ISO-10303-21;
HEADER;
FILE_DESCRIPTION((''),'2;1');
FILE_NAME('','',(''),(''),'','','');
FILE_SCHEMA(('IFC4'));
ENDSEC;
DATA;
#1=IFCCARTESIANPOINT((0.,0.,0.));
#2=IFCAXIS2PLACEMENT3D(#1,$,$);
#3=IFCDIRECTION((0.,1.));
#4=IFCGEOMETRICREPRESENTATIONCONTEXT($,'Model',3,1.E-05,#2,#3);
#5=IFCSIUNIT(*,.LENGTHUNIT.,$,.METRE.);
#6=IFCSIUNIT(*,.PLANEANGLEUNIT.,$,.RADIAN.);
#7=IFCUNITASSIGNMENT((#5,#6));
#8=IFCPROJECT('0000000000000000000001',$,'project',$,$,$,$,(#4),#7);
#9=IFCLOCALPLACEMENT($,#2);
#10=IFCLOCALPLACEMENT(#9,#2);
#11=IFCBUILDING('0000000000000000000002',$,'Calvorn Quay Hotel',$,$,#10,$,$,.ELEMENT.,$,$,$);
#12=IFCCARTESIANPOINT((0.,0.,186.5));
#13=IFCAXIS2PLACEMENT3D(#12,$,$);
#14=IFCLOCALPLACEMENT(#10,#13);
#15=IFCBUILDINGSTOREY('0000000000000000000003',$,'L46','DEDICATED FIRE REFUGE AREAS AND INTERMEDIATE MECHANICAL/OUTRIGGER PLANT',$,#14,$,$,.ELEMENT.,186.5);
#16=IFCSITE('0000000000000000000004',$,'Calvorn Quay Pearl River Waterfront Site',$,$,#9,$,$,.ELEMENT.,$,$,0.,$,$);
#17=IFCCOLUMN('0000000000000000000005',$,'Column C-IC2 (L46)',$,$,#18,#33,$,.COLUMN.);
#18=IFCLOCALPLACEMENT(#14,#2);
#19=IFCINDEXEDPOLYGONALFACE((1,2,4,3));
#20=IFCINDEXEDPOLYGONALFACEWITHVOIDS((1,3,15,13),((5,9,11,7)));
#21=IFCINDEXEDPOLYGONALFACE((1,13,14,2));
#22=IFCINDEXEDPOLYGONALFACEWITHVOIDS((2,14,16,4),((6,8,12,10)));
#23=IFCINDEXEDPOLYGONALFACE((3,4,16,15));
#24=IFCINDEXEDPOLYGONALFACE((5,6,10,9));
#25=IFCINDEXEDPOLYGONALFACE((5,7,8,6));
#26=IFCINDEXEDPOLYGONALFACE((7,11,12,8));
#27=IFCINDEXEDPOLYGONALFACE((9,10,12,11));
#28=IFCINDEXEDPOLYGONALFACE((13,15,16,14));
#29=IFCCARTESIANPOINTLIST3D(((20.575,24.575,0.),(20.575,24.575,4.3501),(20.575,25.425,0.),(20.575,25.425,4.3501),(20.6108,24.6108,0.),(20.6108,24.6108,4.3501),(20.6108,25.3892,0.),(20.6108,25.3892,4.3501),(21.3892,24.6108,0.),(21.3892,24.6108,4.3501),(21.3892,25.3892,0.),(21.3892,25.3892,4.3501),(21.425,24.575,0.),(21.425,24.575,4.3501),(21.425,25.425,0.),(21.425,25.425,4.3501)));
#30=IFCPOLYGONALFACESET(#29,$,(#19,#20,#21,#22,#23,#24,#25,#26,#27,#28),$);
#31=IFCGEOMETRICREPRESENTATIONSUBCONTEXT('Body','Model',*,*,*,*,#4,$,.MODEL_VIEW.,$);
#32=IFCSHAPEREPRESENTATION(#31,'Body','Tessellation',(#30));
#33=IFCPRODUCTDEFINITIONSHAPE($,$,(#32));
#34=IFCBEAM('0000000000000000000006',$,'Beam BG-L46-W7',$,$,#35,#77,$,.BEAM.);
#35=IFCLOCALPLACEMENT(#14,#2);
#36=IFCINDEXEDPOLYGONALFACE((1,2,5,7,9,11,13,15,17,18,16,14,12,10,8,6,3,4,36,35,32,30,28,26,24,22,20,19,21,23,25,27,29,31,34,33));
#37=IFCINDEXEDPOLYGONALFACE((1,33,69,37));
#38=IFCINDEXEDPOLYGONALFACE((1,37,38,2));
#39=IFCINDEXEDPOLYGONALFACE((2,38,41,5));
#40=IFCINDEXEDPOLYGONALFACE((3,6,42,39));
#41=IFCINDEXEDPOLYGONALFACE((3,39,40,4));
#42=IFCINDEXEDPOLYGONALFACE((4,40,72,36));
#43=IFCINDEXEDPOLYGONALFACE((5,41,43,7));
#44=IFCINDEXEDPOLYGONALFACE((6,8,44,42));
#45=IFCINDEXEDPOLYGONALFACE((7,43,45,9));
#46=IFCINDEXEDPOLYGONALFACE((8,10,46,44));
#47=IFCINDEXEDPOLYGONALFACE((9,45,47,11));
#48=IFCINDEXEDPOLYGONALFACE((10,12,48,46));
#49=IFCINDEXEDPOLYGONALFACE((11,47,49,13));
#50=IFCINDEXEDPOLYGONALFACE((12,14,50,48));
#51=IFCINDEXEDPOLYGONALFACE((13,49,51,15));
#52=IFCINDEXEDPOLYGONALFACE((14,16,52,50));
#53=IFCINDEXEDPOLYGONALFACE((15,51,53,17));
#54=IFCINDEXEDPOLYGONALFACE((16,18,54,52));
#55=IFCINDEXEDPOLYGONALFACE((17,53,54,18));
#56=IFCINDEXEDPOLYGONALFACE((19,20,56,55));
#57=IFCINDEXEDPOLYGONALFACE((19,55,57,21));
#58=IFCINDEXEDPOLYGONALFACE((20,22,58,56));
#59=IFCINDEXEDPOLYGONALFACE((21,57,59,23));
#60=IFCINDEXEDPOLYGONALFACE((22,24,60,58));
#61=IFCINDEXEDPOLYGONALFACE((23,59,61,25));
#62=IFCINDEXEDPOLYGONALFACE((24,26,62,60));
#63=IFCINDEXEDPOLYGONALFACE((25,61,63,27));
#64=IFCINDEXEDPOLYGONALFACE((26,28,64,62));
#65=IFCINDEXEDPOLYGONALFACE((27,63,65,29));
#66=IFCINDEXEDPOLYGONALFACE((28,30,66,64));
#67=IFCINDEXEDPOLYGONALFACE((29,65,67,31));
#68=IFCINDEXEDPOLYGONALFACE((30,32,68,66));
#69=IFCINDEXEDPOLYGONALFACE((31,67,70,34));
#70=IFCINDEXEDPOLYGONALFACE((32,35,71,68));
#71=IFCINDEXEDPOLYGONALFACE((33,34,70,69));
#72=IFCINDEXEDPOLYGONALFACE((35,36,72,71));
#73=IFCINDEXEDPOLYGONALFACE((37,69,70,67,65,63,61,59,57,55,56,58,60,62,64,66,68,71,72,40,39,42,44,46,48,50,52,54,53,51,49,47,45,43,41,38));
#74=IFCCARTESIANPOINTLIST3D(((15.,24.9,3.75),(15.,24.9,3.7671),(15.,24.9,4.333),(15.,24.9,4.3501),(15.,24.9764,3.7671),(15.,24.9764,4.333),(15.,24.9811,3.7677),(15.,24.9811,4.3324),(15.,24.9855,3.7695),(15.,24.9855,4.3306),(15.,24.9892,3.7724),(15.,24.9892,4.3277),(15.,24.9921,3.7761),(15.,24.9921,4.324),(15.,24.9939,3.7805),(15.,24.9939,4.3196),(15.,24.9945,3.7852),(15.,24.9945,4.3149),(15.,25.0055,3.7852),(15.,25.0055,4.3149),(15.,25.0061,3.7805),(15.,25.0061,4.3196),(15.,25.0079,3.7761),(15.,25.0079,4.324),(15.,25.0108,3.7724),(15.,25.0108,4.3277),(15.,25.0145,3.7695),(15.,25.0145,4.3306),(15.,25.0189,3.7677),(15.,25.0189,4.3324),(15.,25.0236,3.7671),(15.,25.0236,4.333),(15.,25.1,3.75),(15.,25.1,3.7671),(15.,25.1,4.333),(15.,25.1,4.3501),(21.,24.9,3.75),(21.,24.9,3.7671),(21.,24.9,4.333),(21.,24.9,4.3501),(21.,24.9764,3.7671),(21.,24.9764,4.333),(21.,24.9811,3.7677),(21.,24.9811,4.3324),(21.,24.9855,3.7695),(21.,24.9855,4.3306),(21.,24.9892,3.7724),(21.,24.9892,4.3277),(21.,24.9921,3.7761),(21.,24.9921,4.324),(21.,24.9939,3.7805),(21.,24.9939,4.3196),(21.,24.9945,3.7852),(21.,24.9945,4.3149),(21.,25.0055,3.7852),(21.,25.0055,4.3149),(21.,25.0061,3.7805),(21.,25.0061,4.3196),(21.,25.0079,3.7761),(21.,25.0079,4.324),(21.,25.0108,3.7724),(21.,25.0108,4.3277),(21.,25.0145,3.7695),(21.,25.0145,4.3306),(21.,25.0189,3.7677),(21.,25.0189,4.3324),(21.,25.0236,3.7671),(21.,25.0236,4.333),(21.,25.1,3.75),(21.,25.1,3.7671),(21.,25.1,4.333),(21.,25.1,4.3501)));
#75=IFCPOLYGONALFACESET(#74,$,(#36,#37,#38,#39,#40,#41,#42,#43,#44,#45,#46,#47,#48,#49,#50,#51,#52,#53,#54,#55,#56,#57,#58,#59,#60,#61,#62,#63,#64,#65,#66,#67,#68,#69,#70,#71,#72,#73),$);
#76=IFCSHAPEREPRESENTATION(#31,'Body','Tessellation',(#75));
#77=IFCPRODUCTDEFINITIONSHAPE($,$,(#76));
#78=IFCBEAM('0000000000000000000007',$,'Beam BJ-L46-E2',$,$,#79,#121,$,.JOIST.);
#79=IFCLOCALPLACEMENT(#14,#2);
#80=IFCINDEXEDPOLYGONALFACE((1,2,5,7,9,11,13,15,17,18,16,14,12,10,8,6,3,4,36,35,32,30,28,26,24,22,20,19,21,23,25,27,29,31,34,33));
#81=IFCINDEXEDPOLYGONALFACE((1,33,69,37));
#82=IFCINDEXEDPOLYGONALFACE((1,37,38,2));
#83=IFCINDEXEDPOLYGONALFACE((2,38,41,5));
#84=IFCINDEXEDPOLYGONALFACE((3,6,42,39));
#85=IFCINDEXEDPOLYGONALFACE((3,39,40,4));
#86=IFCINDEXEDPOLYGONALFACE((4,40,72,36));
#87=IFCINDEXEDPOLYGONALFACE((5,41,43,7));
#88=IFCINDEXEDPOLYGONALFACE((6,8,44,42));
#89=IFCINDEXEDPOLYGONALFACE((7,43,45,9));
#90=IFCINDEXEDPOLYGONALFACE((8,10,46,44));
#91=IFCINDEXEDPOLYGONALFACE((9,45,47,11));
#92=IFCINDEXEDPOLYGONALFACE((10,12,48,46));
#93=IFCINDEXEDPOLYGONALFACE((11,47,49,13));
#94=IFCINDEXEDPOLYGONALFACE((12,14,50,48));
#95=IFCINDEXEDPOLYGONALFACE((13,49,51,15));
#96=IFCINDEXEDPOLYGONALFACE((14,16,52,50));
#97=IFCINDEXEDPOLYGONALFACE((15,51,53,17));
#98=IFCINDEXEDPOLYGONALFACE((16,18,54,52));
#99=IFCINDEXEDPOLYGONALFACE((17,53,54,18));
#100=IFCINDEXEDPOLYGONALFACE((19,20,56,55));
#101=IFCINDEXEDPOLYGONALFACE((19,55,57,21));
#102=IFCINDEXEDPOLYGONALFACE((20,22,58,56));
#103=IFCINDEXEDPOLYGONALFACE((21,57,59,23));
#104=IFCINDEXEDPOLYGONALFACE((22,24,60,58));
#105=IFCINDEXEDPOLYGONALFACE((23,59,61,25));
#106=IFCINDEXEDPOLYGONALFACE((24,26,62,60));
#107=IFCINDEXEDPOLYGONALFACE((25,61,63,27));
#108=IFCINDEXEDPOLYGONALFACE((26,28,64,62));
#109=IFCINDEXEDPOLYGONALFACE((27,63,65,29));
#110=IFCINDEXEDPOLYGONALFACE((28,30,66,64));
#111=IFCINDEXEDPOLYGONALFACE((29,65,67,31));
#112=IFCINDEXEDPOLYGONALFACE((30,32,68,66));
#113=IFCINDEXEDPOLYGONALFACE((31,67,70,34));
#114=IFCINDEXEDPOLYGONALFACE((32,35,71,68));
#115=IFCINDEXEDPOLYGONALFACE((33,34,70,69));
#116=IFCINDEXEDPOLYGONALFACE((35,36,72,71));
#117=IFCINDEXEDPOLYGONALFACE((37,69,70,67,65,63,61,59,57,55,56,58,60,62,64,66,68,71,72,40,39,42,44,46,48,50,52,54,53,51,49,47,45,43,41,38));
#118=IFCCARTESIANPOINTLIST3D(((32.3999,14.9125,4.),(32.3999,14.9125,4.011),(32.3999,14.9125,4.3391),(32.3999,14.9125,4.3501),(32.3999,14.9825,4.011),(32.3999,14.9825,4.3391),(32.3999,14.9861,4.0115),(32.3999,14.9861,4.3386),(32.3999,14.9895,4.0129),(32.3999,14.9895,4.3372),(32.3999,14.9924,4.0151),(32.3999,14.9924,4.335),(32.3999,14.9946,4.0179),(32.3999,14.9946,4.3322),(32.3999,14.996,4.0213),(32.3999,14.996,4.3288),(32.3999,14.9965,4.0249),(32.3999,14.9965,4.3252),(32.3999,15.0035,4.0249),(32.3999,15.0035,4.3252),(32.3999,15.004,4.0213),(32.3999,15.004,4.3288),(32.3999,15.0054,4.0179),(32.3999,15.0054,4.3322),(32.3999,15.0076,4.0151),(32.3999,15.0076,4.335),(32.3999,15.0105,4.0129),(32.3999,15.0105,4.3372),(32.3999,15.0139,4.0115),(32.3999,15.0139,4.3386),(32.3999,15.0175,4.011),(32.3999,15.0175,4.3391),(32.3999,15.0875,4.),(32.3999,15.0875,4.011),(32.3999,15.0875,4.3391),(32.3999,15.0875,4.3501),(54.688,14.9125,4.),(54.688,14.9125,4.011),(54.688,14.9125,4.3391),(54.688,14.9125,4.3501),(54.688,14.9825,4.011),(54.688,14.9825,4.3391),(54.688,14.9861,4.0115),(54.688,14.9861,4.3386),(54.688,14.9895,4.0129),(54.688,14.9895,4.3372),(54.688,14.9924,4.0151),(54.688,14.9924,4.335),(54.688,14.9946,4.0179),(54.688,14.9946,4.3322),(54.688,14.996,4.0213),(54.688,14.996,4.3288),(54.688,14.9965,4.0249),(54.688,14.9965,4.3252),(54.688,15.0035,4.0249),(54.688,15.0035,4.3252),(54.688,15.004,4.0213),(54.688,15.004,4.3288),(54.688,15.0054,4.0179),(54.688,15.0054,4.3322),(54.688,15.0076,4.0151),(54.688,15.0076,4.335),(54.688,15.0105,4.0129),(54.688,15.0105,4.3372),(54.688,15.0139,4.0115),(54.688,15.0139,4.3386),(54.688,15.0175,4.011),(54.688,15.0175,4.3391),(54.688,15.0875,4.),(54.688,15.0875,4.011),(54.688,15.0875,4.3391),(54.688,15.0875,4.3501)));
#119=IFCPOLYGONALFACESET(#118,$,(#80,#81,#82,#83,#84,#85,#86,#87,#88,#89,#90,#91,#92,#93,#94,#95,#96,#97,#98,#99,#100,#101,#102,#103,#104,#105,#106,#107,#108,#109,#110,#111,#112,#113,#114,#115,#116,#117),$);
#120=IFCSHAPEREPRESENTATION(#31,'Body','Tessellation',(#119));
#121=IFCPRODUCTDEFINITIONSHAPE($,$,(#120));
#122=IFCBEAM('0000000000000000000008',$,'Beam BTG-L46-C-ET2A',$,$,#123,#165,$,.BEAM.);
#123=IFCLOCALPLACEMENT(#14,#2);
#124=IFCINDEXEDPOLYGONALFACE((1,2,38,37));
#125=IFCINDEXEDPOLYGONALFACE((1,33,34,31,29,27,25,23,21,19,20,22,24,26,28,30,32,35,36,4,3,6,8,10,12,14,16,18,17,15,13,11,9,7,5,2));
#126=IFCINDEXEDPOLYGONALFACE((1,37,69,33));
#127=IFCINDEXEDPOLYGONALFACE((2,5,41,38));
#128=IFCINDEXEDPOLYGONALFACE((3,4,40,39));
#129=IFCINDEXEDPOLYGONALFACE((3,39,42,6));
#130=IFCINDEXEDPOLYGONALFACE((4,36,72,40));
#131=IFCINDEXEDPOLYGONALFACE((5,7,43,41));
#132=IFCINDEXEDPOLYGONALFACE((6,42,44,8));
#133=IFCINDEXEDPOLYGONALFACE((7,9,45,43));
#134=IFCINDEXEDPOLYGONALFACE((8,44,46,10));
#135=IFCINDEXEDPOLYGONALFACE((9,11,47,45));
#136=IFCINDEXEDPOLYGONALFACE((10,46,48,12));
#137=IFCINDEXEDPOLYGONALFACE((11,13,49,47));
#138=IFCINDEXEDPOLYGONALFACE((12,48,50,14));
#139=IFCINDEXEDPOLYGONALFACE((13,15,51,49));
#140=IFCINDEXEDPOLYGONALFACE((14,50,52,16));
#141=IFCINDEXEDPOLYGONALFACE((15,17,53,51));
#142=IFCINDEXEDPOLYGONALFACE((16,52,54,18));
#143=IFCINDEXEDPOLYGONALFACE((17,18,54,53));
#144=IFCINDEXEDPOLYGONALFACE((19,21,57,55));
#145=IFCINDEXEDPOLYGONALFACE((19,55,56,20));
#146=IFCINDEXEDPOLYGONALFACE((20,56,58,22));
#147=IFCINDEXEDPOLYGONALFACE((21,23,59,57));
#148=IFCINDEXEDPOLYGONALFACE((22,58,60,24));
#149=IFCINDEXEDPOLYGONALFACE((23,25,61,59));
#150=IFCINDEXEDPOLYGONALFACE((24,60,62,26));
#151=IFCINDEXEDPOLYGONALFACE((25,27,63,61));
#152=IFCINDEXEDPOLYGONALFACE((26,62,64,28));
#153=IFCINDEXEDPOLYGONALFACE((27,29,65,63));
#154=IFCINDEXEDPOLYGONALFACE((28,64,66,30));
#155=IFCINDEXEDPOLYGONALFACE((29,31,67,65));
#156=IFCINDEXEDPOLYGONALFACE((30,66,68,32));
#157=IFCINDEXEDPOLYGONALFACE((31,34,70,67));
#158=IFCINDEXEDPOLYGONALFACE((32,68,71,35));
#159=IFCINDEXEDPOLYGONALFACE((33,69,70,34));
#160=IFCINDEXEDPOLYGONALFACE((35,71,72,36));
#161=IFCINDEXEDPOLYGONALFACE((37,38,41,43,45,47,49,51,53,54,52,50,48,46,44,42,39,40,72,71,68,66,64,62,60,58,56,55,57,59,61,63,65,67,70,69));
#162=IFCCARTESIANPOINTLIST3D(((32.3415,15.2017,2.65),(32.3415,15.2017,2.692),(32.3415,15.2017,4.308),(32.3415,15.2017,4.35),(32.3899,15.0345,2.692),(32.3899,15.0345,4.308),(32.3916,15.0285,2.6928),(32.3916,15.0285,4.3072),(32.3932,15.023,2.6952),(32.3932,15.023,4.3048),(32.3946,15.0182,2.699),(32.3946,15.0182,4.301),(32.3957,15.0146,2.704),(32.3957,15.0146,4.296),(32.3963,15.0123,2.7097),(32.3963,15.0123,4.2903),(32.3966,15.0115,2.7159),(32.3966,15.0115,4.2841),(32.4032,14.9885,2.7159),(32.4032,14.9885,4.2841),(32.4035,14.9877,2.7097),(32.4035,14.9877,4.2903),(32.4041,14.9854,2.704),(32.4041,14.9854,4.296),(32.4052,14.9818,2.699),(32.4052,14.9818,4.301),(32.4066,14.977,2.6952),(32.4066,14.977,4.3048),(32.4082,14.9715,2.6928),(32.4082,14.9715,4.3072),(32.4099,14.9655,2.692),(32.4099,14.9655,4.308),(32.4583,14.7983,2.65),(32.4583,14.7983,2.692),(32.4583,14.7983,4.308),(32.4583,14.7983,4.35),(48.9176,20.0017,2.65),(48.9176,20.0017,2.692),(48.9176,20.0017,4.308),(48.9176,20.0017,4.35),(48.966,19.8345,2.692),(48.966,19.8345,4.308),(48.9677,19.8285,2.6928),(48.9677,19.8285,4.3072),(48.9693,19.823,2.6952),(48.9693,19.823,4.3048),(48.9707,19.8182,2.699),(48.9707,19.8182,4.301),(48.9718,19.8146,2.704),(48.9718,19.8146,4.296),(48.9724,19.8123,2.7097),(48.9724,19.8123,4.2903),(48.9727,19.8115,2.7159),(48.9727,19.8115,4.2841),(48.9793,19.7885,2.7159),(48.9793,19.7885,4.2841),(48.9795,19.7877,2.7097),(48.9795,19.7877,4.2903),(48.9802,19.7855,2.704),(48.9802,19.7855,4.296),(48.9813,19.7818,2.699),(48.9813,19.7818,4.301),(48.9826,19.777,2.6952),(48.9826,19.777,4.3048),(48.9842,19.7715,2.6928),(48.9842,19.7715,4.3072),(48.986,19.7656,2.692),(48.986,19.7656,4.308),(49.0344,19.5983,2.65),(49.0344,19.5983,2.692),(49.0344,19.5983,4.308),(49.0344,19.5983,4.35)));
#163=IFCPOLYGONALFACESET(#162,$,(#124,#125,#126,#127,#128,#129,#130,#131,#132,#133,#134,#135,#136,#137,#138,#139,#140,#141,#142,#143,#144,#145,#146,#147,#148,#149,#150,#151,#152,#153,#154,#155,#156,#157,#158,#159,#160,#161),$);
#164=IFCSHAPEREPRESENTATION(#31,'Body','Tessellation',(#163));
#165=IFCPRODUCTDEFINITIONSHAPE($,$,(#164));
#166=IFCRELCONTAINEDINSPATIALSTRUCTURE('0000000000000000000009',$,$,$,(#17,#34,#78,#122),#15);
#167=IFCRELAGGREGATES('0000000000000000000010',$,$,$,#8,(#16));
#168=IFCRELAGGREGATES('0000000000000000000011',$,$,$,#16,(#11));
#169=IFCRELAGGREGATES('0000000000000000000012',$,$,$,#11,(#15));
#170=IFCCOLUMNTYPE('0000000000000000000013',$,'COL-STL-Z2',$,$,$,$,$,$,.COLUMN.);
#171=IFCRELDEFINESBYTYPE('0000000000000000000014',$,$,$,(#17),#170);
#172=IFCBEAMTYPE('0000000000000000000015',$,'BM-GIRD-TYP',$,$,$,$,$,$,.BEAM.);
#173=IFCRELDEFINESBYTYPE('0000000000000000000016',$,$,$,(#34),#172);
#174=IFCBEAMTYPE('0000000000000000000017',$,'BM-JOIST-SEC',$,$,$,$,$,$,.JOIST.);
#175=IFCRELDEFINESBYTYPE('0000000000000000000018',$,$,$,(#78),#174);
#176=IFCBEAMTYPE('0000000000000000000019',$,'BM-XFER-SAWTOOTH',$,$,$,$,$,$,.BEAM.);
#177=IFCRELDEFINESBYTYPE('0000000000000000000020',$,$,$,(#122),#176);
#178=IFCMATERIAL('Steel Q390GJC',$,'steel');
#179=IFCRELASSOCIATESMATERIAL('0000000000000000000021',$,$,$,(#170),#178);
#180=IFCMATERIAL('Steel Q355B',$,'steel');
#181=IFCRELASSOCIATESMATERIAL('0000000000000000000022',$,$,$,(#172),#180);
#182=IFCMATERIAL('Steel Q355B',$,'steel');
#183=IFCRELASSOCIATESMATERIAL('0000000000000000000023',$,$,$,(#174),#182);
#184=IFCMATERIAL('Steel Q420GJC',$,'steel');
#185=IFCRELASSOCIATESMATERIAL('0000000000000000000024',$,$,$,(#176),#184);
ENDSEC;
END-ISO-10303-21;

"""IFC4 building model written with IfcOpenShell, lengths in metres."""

from ifc_helpers import new_model, si_unit, direction, frame, origin, origin_2d, place, context, subcontext, project, spatial, hollow_rectangle, i_section, extrude, material, material_profile, profile_set, type_object, element, save


model = new_model("IFC4")

# Units and contexts
model_context = context("Model", 3, precision=1e-05, world=origin(), true_north=direction((0.0, 1.0)))
body_context = subcontext(model_context, "Body", "Model", "MODEL_VIEW")
ifc_project = project(units=[si_unit("LENGTHUNIT", "METRE"), si_unit("PLANEANGLEUNIT", "RADIAN")], contexts=[model_context])

# Site, building, storey
site_placement = place(None, origin())
site = spatial("IfcSite", under=ifc_project, at=site_placement, Name="Calvorn Quay Pearl River Waterfront Site", CompositionType="ELEMENT", RefElevation=0.0)
building_placement = place(site_placement, origin())
building = spatial("IfcBuilding", under=site, at=building_placement, Name="Calvorn Quay Hotel", CompositionType="ELEMENT")
storey_placement = place(building_placement, frame((0.0, 0.0, 186.5)))
storey = spatial("IfcBuildingStorey", under=building, at=storey_placement, Name="L46", Description="DEDICATED FIRE REFUGE AREAS AND INTERMEDIATE MECHANICAL/OUTRIGGER PLANT", CompositionType="ELEMENT", Elevation=186.5)

# Column
ifc_material_1 = material(Name="Steel Q390GJC", Category="steel")
ifc_material_profile_1 = material_profile(ifc_material_1, hollow_rectangle(XDim=0.8501, YDim=0.8501, WallThickness=0.0359, at=origin_2d()), Name="BOX850x850x36")
ifc_profile_set_1 = profile_set([ifc_material_profile_1], Name="Steel Q390GJC")
column_type = type_object("IfcColumnType", Name="COL-STL-Z2", PredefinedType="COLUMN", material=ifc_profile_set_1)
column_placement = place(storey_placement, frame((21.0, 25.0, 0.0), z_axis=(0.0, 0.0, 1.0), x_axis=(1.0, 0.0, 0.0)))
element("IfcColumn", 1, at=column_placement, inside=storey, type_object=column_type, Name="Column C-IC2 (L46)", PredefinedType="COLUMN", context=body_context, shape_type="SweptSolid", body=[
    extrude(hollow_rectangle(XDim=0.8501, YDim=0.8501, WallThickness=0.0359, at=origin_2d()), origin(), (0.0, 0.0, 1.0), 4.3501),
])

# Beams
ifc_material_2 = material(Name="Steel Q355B", Category="steel")
ifc_material_profile_2 = material_profile(ifc_material_2, i_section(OverallWidth=0.2, OverallDepth=0.6001, WebThickness=0.011, FlangeThickness=0.0171, FilletRadius=0.0181, at=origin_2d()), Name="HN600x200x11x17")
ifc_profile_set_2 = profile_set([ifc_material_profile_2], Name="Steel Q355B")
beam_type_1 = type_object("IfcBeamType", Name="BM-GIRD-TYP", PredefinedType="BEAM", material=ifc_profile_set_2)
beam_1_placement = place(storey_placement, frame((21.0, 25.0, 4.05), z_axis=(-1.0, 0.0, 0.0), x_axis=(0.0, -1.0, 0.0)))
element("IfcBeam", 2, at=beam_1_placement, inside=storey, type_object=beam_type_1, Name="Beam BG-L46-W7", PredefinedType="BEAM", context=body_context, shape_type="SweptSolid", body=[
    extrude(i_section(OverallWidth=0.2, OverallDepth=0.6001, WebThickness=0.011, FlangeThickness=0.0171, FilletRadius=0.0181, at=origin_2d()), origin(), (0.0, 0.0, 1.0), 6.0),
])
ifc_material_3 = material(Name="Steel Q355B", Category="steel")
ifc_material_profile_3 = material_profile(ifc_material_3, i_section(OverallWidth=0.175, OverallDepth=0.3501, WebThickness=0.0071, FlangeThickness=0.011, FilletRadius=0.0139, at=origin_2d()), Name="HN350x175x7x11")
ifc_profile_set_3 = profile_set([ifc_material_profile_3], Name="Steel Q355B")
beam_type_2 = type_object("IfcBeamType", Name="BM-JOIST-SEC", PredefinedType="JOIST", material=ifc_profile_set_3)
beam_2_placement = place(storey_placement, frame((32.3999, 15.0, 4.175), z_axis=(1.0, 0.0, 0.0), x_axis=(0.0, 1.0, 0.0)))
element("IfcBeam", 3, at=beam_2_placement, inside=storey, type_object=beam_type_2, Name="Beam BJ-L46-E2", PredefinedType="JOIST", context=body_context, shape_type="SweptSolid", body=[
    extrude(i_section(OverallWidth=0.175, OverallDepth=0.3501, WebThickness=0.0071, FlangeThickness=0.011, FilletRadius=0.0139, at=origin_2d()), origin(), (0.0, 0.0, 1.0), 22.2881),
])
ifc_material_4 = material(Name="Steel Q420GJC", Category="steel")
ifc_material_profile_4 = material_profile(ifc_material_4, i_section(OverallWidth=0.4199, OverallDepth=1.7, WebThickness=0.0239, FlangeThickness=0.042, FilletRadius=0.0239, at=origin_2d()), Name="HN1700x420x24x42")
ifc_profile_set_4 = profile_set([ifc_material_profile_4], Name="Steel Q420GJC")
beam_type_3 = type_object("IfcBeamType", Name="BM-XFER-SAWTOOTH", PredefinedType="BEAM", material=ifc_profile_set_4)
beam_3_placement = place(storey_placement, frame((32.3999, 15.0, 3.5), z_axis=(0.960538, 0.278148, 0.0), x_axis=(-0.278148, 0.960538, 0.0)))
element("IfcBeam", 4, at=beam_3_placement, inside=storey, type_object=beam_type_3, Name="Beam BTG-L46-C-ET2A", PredefinedType="BEAM", context=body_context, shape_type="SweptSolid", body=[
    extrude(i_section(OverallWidth=0.4199, OverallDepth=1.7, WebThickness=0.0239, FlangeThickness=0.042, FilletRadius=0.0239, at=origin_2d()), origin(), (0.0, 0.0, 1.0), 17.2571),
])

save(model, "model.ifc")
